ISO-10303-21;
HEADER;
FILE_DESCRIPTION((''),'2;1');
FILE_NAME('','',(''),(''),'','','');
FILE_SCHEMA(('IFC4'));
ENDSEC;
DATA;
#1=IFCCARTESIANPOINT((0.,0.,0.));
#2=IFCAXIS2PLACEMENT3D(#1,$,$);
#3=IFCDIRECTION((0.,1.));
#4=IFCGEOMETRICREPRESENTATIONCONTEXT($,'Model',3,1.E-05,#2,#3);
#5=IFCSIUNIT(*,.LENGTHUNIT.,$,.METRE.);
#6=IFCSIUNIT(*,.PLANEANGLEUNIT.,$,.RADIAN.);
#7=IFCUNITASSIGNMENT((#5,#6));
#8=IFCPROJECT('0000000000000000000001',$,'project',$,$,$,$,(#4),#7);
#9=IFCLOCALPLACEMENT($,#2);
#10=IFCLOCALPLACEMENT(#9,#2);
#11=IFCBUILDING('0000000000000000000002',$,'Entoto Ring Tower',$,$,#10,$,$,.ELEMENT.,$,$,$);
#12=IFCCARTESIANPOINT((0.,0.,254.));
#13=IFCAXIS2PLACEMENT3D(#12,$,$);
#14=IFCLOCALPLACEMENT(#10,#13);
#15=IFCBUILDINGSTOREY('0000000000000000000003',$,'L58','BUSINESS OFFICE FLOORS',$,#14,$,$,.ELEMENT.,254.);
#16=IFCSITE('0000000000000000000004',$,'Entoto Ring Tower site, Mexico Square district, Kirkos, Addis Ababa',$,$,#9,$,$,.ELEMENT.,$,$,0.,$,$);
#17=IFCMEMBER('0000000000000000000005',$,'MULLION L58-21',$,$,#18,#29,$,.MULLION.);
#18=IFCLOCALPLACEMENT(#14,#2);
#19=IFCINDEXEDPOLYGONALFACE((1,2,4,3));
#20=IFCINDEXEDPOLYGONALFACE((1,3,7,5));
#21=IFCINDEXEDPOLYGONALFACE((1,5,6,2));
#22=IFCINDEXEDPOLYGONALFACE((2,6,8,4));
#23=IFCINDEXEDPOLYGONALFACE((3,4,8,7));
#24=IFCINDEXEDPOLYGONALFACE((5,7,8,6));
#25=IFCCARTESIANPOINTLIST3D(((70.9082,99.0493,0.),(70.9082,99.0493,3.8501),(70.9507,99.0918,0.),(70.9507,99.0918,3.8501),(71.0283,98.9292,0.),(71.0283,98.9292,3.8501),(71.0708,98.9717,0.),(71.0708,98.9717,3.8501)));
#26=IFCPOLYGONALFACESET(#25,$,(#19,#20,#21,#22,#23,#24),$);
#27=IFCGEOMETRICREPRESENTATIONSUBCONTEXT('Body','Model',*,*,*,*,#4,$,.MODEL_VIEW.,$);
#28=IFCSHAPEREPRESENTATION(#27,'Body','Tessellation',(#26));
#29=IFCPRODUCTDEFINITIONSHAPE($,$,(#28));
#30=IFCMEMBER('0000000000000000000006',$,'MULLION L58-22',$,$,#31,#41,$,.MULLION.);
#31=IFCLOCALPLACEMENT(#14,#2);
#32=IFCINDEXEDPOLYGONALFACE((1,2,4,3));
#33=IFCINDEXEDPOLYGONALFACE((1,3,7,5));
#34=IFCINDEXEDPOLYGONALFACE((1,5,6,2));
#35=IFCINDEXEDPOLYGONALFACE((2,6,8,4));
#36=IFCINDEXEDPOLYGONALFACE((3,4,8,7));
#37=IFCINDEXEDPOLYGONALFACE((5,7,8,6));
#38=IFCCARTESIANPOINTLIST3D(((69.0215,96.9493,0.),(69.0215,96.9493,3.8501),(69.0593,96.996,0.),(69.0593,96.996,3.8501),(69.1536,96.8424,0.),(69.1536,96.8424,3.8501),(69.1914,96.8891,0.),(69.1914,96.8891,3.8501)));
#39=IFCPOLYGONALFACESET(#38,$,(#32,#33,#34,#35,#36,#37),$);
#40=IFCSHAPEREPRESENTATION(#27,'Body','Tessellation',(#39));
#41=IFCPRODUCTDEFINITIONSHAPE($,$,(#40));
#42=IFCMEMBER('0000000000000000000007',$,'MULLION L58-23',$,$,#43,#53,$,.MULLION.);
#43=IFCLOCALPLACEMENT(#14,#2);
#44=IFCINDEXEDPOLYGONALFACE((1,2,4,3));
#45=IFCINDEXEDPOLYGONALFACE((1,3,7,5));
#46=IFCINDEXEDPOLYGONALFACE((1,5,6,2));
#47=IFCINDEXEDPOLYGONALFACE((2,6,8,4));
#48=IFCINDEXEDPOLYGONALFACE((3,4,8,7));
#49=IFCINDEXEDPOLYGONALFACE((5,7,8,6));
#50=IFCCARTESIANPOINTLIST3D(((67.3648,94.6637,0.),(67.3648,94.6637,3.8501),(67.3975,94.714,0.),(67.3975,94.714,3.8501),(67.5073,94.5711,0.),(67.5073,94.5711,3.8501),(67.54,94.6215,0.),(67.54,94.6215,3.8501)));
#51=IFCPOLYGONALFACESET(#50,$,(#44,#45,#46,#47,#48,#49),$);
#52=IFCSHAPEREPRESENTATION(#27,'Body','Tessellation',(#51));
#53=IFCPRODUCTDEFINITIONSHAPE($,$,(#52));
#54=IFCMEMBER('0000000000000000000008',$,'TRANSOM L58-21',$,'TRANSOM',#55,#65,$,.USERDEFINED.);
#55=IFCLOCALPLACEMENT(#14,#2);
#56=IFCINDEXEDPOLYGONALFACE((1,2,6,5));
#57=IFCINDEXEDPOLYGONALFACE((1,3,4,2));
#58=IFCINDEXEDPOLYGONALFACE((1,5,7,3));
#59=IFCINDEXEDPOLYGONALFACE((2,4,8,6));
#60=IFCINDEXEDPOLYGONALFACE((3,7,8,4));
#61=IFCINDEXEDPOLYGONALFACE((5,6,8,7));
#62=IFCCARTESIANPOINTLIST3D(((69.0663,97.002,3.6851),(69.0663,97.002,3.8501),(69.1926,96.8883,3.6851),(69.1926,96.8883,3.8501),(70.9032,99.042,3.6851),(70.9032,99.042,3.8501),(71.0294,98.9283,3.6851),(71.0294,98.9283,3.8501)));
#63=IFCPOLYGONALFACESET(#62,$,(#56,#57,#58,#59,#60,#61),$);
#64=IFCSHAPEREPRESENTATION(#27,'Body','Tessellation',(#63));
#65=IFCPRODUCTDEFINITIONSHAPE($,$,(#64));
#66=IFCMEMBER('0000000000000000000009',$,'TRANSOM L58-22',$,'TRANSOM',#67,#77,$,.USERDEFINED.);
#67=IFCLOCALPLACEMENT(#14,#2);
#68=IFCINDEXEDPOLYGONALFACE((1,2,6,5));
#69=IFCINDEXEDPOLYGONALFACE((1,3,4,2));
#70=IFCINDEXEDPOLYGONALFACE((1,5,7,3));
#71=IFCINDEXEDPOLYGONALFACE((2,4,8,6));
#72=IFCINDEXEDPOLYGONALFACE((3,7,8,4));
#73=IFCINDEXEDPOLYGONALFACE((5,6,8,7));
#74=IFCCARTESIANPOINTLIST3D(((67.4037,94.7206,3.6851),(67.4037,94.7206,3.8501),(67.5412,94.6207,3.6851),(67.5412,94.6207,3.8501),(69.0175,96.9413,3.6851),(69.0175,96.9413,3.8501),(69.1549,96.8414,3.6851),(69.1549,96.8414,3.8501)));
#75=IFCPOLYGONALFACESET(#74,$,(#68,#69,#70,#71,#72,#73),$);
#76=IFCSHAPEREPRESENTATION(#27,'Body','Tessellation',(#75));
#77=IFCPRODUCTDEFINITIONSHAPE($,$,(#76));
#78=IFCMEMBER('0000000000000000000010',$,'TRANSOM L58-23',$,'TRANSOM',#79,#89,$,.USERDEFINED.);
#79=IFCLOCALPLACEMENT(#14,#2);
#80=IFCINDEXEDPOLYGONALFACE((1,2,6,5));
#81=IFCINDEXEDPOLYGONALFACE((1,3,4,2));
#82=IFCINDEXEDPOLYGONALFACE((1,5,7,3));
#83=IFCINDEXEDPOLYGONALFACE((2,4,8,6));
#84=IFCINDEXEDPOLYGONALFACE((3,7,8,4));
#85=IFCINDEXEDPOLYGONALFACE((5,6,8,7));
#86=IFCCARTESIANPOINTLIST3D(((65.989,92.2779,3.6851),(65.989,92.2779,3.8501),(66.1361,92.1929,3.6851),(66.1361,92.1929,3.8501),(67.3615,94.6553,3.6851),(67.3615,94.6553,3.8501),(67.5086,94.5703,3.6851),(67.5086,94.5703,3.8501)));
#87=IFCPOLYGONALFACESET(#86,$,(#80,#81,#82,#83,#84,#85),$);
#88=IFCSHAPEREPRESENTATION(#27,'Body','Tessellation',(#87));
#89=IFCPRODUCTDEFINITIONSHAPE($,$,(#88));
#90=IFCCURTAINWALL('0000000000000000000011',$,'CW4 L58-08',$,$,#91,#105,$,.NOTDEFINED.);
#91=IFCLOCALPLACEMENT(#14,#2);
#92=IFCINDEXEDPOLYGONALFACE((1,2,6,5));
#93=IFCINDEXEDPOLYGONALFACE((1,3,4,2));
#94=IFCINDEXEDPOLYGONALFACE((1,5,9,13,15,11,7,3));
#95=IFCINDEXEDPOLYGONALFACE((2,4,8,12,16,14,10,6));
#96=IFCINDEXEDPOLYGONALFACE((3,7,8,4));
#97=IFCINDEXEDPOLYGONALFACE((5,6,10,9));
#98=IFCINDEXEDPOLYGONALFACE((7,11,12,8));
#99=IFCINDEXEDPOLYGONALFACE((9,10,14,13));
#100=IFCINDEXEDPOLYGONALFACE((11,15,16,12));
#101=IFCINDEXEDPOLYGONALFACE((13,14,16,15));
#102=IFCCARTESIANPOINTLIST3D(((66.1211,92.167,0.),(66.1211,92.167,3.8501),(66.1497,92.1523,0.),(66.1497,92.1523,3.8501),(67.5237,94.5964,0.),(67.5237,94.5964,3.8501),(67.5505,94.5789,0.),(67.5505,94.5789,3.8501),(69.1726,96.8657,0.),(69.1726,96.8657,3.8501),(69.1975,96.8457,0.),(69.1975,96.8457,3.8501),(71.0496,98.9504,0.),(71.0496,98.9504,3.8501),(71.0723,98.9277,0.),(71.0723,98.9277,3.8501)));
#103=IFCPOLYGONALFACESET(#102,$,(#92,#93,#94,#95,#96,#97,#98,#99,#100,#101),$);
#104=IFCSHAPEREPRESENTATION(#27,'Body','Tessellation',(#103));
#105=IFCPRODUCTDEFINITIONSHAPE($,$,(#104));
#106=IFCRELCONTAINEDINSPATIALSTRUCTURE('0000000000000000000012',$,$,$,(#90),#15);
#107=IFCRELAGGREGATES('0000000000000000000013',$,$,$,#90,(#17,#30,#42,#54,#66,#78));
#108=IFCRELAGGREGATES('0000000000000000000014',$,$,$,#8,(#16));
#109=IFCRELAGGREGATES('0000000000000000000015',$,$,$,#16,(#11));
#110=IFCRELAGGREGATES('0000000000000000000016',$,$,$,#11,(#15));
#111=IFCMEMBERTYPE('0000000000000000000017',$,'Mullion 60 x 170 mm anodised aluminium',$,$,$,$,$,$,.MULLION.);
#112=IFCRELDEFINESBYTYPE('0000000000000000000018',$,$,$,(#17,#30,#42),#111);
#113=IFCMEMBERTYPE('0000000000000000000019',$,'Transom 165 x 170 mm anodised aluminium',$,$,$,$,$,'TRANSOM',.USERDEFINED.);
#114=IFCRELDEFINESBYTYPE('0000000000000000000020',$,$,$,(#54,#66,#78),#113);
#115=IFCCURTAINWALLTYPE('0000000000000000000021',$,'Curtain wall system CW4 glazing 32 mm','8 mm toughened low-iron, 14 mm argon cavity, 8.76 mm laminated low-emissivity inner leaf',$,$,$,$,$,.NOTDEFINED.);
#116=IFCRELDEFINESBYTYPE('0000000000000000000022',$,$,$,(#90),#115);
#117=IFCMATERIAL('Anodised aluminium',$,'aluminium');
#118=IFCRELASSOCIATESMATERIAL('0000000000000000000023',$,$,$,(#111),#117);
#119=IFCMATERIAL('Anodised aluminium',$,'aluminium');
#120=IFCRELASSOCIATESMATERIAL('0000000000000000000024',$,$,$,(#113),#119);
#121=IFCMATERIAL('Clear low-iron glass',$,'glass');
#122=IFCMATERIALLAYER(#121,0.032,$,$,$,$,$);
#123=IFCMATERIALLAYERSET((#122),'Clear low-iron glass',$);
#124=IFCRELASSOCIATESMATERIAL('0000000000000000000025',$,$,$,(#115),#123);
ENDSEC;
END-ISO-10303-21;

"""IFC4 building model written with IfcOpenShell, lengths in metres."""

from ifc_helpers import new_model, si_unit, direction, frame, origin, origin_2d, place, context, subcontext, project, spatial, polyline, rectangle, outline, extrude, material, layer, layer_set, material_profile, profile_set, type_object, element, aggregate, save


model = new_model("IFC4")

# Units and contexts
model_context = context("Model", 3, precision=1e-05, world=origin(), true_north=direction((0.0, 1.0)))
body_context = subcontext(model_context, "Body", "Model", "MODEL_VIEW")
ifc_project = project(units=[si_unit("LENGTHUNIT", "METRE"), si_unit("PLANEANGLEUNIT", "RADIAN")], contexts=[model_context])

# Members
ifc_material_1 = material(Name="Anodised aluminium", Category="aluminium")
ifc_material_profile_1 = material_profile(ifc_material_1, rectangle(XDim=0.0601, YDim=0.1699, at=origin_2d()), Name="Mullion 60 x 170 mm anodised aluminium")
ifc_profile_set_1 = profile_set([ifc_material_profile_1], Name="Anodised aluminium")
member_type_1 = type_object("IfcMemberType", Name="Mullion 60 x 170 mm anodised aluminium", PredefinedType="MULLION", material=ifc_profile_set_1)
site_placement = place(None, origin())
building_placement = place(site_placement, origin())
storey_placement = place(building_placement, frame((0.0, 0.0, 254.0)))
member_1_placement = place(storey_placement, frame((70.9895, 99.0105, 0.0), z_axis=(0.0, 0.0, 1.0), x_axis=(-0.707107, -0.707107, 0.0)))
member_1 = element("IfcMember", 1, at=member_1_placement, type_object=member_type_1, Name="MULLION L58-21", PredefinedType="MULLION", context=body_context, shape_type="SweptSolid", body=[
    extrude(rectangle(XDim=0.0601, YDim=0.1699, at=origin_2d()), origin(), (0.0, 0.0, 1.0), 3.8501),
])
member_2_placement = place(storey_placement, frame((69.1064, 96.9192, 0.0), z_axis=(0.0, 0.0, 1.0), x_axis=(-0.62932, -0.777146, 0.0)))
member_2 = element("IfcMember", 2, at=member_2_placement, type_object=member_type_1, Name="MULLION L58-22", PredefinedType="MULLION", context=body_context, shape_type="SweptSolid", body=[
    extrude(rectangle(XDim=0.0601, YDim=0.1699, at=origin_2d()), origin(), (0.0, 0.0, 1.0), 3.8501),
])
member_3_placement = place(storey_placement, frame((67.4524, 94.6426, 0.0), z_axis=(0.0, 0.0, 1.0), x_axis=(-0.544639, -0.838671, 0.0)))
member_3 = element("IfcMember", 3, at=member_3_placement, type_object=member_type_1, Name="MULLION L58-23", PredefinedType="MULLION", context=body_context, shape_type="SweptSolid", body=[
    extrude(rectangle(XDim=0.0601, YDim=0.1699, at=origin_2d()), origin(), (0.0, 0.0, 1.0), 3.8501),
])
ifc_material_2 = material(Name="Anodised aluminium", Category="aluminium")
ifc_material_profile_2 = material_profile(ifc_material_2, rectangle(XDim=0.1699, YDim=0.165, at=origin_2d()), Name="Transom 165 x 170 mm anodised aluminium")
ifc_profile_set_2 = profile_set([ifc_material_profile_2], Name="Anodised aluminium")
member_type_2 = type_object("IfcMemberType", Name="Transom 165 x 170 mm anodised aluminium", ElementType="TRANSOM", PredefinedType="USERDEFINED", material=ifc_profile_set_2)
member_4_placement = place(storey_placement, frame((70.9663, 98.9851, 3.7676), z_axis=(-0.669142, -0.743135, 0.0), x_axis=(0.743135, -0.669142, 0.0)))
member_4 = element("IfcMember", 4, at=member_4_placement, type_object=member_type_2, Name="TRANSOM L58-21", ObjectType="TRANSOM", PredefinedType="USERDEFINED", context=body_context, shape_type="SweptSolid", body=[
    extrude(rectangle(XDim=0.1699, YDim=0.165, at=origin_2d()), origin(), (0.0, 0.0, 1.0), 2.7451),
])
member_5_placement = place(storey_placement, frame((69.0862, 96.8914, 3.7676), z_axis=(-0.587865, -0.808959, 0.0), x_axis=(0.808959, -0.587865, 0.0)))
member_5 = element("IfcMember", 5, at=member_5_placement, type_object=member_type_2, Name="TRANSOM L58-22", ObjectType="TRANSOM", PredefinedType="USERDEFINED", context=body_context, shape_type="SweptSolid", body=[
    extrude(rectangle(XDim=0.1699, YDim=0.165, at=origin_2d()), origin(), (0.0, 0.0, 1.0), 2.7451),
])
member_6_placement = place(storey_placement, frame((67.4351, 94.6128, 3.7676), z_axis=(-0.499984, -0.866035, 0.0), x_axis=(0.866035, -0.499984, 0.0)))
member_6 = element("IfcMember", 6, at=member_6_placement, type_object=member_type_2, Name="TRANSOM L58-23", ObjectType="TRANSOM", PredefinedType="USERDEFINED", context=body_context, shape_type="SweptSolid", body=[
    extrude(rectangle(XDim=0.1699, YDim=0.165, at=origin_2d()), origin(), (0.0, 0.0, 1.0), 2.7451),
])

# Site, building, storey
site = spatial("IfcSite", under=ifc_project, at=site_placement, Name="Entoto Ring Tower site, Mexico Square district, Kirkos, Addis Ababa", CompositionType="ELEMENT", RefElevation=0.0)
building = spatial("IfcBuilding", under=site, at=building_placement, Name="Entoto Ring Tower", CompositionType="ELEMENT")
storey = spatial("IfcBuildingStorey", under=building, at=storey_placement, Name="L58", Description="BUSINESS OFFICE FLOORS", CompositionType="ELEMENT", Elevation=254.0)

# Curtain wall
ifc_material_3 = material(Name="Clear low-iron glass", Category="glass")
ifc_layer = layer(ifc_material_3, 0.032)
ifc_layer_set = layer_set([ifc_layer], Name="Clear low-iron glass")
curtain_wall_type = type_object("IfcCurtainWallType", Name="Curtain wall system CW4 glazing 32 mm", Description="8 mm toughened low-iron, 14 mm argon cavity, 8.76 mm laminated low-emissivity inner leaf", PredefinedType="NOTDEFINED", material=ifc_layer_set)
curtain_wall_1_placement = place(storey_placement, origin())
curtain_wall_1 = element("IfcCurtainWall", 7, at=curtain_wall_1_placement, inside=storey, type_object=curtain_wall_type, Name="CW4 L58-08", PredefinedType="NOTDEFINED", context=body_context, shape_type="SweptSolid", body=[
    extrude(outline(polyline([(71.0496, 98.9504), (69.1726, 96.8657), (67.5237, 94.5964), (66.1211, 92.167), (66.1497, 92.1523), (67.5505, 94.5789), (69.1975, 96.8457), (71.0723, 98.9277), (71.0496, 98.9504)])), origin(), (0.0, 0.0, 1.0), 3.8501),
])
aggregate(curtain_wall_1, [member_1, member_2, member_3, member_4, member_5, member_6])

save(model, "model.ifc")
